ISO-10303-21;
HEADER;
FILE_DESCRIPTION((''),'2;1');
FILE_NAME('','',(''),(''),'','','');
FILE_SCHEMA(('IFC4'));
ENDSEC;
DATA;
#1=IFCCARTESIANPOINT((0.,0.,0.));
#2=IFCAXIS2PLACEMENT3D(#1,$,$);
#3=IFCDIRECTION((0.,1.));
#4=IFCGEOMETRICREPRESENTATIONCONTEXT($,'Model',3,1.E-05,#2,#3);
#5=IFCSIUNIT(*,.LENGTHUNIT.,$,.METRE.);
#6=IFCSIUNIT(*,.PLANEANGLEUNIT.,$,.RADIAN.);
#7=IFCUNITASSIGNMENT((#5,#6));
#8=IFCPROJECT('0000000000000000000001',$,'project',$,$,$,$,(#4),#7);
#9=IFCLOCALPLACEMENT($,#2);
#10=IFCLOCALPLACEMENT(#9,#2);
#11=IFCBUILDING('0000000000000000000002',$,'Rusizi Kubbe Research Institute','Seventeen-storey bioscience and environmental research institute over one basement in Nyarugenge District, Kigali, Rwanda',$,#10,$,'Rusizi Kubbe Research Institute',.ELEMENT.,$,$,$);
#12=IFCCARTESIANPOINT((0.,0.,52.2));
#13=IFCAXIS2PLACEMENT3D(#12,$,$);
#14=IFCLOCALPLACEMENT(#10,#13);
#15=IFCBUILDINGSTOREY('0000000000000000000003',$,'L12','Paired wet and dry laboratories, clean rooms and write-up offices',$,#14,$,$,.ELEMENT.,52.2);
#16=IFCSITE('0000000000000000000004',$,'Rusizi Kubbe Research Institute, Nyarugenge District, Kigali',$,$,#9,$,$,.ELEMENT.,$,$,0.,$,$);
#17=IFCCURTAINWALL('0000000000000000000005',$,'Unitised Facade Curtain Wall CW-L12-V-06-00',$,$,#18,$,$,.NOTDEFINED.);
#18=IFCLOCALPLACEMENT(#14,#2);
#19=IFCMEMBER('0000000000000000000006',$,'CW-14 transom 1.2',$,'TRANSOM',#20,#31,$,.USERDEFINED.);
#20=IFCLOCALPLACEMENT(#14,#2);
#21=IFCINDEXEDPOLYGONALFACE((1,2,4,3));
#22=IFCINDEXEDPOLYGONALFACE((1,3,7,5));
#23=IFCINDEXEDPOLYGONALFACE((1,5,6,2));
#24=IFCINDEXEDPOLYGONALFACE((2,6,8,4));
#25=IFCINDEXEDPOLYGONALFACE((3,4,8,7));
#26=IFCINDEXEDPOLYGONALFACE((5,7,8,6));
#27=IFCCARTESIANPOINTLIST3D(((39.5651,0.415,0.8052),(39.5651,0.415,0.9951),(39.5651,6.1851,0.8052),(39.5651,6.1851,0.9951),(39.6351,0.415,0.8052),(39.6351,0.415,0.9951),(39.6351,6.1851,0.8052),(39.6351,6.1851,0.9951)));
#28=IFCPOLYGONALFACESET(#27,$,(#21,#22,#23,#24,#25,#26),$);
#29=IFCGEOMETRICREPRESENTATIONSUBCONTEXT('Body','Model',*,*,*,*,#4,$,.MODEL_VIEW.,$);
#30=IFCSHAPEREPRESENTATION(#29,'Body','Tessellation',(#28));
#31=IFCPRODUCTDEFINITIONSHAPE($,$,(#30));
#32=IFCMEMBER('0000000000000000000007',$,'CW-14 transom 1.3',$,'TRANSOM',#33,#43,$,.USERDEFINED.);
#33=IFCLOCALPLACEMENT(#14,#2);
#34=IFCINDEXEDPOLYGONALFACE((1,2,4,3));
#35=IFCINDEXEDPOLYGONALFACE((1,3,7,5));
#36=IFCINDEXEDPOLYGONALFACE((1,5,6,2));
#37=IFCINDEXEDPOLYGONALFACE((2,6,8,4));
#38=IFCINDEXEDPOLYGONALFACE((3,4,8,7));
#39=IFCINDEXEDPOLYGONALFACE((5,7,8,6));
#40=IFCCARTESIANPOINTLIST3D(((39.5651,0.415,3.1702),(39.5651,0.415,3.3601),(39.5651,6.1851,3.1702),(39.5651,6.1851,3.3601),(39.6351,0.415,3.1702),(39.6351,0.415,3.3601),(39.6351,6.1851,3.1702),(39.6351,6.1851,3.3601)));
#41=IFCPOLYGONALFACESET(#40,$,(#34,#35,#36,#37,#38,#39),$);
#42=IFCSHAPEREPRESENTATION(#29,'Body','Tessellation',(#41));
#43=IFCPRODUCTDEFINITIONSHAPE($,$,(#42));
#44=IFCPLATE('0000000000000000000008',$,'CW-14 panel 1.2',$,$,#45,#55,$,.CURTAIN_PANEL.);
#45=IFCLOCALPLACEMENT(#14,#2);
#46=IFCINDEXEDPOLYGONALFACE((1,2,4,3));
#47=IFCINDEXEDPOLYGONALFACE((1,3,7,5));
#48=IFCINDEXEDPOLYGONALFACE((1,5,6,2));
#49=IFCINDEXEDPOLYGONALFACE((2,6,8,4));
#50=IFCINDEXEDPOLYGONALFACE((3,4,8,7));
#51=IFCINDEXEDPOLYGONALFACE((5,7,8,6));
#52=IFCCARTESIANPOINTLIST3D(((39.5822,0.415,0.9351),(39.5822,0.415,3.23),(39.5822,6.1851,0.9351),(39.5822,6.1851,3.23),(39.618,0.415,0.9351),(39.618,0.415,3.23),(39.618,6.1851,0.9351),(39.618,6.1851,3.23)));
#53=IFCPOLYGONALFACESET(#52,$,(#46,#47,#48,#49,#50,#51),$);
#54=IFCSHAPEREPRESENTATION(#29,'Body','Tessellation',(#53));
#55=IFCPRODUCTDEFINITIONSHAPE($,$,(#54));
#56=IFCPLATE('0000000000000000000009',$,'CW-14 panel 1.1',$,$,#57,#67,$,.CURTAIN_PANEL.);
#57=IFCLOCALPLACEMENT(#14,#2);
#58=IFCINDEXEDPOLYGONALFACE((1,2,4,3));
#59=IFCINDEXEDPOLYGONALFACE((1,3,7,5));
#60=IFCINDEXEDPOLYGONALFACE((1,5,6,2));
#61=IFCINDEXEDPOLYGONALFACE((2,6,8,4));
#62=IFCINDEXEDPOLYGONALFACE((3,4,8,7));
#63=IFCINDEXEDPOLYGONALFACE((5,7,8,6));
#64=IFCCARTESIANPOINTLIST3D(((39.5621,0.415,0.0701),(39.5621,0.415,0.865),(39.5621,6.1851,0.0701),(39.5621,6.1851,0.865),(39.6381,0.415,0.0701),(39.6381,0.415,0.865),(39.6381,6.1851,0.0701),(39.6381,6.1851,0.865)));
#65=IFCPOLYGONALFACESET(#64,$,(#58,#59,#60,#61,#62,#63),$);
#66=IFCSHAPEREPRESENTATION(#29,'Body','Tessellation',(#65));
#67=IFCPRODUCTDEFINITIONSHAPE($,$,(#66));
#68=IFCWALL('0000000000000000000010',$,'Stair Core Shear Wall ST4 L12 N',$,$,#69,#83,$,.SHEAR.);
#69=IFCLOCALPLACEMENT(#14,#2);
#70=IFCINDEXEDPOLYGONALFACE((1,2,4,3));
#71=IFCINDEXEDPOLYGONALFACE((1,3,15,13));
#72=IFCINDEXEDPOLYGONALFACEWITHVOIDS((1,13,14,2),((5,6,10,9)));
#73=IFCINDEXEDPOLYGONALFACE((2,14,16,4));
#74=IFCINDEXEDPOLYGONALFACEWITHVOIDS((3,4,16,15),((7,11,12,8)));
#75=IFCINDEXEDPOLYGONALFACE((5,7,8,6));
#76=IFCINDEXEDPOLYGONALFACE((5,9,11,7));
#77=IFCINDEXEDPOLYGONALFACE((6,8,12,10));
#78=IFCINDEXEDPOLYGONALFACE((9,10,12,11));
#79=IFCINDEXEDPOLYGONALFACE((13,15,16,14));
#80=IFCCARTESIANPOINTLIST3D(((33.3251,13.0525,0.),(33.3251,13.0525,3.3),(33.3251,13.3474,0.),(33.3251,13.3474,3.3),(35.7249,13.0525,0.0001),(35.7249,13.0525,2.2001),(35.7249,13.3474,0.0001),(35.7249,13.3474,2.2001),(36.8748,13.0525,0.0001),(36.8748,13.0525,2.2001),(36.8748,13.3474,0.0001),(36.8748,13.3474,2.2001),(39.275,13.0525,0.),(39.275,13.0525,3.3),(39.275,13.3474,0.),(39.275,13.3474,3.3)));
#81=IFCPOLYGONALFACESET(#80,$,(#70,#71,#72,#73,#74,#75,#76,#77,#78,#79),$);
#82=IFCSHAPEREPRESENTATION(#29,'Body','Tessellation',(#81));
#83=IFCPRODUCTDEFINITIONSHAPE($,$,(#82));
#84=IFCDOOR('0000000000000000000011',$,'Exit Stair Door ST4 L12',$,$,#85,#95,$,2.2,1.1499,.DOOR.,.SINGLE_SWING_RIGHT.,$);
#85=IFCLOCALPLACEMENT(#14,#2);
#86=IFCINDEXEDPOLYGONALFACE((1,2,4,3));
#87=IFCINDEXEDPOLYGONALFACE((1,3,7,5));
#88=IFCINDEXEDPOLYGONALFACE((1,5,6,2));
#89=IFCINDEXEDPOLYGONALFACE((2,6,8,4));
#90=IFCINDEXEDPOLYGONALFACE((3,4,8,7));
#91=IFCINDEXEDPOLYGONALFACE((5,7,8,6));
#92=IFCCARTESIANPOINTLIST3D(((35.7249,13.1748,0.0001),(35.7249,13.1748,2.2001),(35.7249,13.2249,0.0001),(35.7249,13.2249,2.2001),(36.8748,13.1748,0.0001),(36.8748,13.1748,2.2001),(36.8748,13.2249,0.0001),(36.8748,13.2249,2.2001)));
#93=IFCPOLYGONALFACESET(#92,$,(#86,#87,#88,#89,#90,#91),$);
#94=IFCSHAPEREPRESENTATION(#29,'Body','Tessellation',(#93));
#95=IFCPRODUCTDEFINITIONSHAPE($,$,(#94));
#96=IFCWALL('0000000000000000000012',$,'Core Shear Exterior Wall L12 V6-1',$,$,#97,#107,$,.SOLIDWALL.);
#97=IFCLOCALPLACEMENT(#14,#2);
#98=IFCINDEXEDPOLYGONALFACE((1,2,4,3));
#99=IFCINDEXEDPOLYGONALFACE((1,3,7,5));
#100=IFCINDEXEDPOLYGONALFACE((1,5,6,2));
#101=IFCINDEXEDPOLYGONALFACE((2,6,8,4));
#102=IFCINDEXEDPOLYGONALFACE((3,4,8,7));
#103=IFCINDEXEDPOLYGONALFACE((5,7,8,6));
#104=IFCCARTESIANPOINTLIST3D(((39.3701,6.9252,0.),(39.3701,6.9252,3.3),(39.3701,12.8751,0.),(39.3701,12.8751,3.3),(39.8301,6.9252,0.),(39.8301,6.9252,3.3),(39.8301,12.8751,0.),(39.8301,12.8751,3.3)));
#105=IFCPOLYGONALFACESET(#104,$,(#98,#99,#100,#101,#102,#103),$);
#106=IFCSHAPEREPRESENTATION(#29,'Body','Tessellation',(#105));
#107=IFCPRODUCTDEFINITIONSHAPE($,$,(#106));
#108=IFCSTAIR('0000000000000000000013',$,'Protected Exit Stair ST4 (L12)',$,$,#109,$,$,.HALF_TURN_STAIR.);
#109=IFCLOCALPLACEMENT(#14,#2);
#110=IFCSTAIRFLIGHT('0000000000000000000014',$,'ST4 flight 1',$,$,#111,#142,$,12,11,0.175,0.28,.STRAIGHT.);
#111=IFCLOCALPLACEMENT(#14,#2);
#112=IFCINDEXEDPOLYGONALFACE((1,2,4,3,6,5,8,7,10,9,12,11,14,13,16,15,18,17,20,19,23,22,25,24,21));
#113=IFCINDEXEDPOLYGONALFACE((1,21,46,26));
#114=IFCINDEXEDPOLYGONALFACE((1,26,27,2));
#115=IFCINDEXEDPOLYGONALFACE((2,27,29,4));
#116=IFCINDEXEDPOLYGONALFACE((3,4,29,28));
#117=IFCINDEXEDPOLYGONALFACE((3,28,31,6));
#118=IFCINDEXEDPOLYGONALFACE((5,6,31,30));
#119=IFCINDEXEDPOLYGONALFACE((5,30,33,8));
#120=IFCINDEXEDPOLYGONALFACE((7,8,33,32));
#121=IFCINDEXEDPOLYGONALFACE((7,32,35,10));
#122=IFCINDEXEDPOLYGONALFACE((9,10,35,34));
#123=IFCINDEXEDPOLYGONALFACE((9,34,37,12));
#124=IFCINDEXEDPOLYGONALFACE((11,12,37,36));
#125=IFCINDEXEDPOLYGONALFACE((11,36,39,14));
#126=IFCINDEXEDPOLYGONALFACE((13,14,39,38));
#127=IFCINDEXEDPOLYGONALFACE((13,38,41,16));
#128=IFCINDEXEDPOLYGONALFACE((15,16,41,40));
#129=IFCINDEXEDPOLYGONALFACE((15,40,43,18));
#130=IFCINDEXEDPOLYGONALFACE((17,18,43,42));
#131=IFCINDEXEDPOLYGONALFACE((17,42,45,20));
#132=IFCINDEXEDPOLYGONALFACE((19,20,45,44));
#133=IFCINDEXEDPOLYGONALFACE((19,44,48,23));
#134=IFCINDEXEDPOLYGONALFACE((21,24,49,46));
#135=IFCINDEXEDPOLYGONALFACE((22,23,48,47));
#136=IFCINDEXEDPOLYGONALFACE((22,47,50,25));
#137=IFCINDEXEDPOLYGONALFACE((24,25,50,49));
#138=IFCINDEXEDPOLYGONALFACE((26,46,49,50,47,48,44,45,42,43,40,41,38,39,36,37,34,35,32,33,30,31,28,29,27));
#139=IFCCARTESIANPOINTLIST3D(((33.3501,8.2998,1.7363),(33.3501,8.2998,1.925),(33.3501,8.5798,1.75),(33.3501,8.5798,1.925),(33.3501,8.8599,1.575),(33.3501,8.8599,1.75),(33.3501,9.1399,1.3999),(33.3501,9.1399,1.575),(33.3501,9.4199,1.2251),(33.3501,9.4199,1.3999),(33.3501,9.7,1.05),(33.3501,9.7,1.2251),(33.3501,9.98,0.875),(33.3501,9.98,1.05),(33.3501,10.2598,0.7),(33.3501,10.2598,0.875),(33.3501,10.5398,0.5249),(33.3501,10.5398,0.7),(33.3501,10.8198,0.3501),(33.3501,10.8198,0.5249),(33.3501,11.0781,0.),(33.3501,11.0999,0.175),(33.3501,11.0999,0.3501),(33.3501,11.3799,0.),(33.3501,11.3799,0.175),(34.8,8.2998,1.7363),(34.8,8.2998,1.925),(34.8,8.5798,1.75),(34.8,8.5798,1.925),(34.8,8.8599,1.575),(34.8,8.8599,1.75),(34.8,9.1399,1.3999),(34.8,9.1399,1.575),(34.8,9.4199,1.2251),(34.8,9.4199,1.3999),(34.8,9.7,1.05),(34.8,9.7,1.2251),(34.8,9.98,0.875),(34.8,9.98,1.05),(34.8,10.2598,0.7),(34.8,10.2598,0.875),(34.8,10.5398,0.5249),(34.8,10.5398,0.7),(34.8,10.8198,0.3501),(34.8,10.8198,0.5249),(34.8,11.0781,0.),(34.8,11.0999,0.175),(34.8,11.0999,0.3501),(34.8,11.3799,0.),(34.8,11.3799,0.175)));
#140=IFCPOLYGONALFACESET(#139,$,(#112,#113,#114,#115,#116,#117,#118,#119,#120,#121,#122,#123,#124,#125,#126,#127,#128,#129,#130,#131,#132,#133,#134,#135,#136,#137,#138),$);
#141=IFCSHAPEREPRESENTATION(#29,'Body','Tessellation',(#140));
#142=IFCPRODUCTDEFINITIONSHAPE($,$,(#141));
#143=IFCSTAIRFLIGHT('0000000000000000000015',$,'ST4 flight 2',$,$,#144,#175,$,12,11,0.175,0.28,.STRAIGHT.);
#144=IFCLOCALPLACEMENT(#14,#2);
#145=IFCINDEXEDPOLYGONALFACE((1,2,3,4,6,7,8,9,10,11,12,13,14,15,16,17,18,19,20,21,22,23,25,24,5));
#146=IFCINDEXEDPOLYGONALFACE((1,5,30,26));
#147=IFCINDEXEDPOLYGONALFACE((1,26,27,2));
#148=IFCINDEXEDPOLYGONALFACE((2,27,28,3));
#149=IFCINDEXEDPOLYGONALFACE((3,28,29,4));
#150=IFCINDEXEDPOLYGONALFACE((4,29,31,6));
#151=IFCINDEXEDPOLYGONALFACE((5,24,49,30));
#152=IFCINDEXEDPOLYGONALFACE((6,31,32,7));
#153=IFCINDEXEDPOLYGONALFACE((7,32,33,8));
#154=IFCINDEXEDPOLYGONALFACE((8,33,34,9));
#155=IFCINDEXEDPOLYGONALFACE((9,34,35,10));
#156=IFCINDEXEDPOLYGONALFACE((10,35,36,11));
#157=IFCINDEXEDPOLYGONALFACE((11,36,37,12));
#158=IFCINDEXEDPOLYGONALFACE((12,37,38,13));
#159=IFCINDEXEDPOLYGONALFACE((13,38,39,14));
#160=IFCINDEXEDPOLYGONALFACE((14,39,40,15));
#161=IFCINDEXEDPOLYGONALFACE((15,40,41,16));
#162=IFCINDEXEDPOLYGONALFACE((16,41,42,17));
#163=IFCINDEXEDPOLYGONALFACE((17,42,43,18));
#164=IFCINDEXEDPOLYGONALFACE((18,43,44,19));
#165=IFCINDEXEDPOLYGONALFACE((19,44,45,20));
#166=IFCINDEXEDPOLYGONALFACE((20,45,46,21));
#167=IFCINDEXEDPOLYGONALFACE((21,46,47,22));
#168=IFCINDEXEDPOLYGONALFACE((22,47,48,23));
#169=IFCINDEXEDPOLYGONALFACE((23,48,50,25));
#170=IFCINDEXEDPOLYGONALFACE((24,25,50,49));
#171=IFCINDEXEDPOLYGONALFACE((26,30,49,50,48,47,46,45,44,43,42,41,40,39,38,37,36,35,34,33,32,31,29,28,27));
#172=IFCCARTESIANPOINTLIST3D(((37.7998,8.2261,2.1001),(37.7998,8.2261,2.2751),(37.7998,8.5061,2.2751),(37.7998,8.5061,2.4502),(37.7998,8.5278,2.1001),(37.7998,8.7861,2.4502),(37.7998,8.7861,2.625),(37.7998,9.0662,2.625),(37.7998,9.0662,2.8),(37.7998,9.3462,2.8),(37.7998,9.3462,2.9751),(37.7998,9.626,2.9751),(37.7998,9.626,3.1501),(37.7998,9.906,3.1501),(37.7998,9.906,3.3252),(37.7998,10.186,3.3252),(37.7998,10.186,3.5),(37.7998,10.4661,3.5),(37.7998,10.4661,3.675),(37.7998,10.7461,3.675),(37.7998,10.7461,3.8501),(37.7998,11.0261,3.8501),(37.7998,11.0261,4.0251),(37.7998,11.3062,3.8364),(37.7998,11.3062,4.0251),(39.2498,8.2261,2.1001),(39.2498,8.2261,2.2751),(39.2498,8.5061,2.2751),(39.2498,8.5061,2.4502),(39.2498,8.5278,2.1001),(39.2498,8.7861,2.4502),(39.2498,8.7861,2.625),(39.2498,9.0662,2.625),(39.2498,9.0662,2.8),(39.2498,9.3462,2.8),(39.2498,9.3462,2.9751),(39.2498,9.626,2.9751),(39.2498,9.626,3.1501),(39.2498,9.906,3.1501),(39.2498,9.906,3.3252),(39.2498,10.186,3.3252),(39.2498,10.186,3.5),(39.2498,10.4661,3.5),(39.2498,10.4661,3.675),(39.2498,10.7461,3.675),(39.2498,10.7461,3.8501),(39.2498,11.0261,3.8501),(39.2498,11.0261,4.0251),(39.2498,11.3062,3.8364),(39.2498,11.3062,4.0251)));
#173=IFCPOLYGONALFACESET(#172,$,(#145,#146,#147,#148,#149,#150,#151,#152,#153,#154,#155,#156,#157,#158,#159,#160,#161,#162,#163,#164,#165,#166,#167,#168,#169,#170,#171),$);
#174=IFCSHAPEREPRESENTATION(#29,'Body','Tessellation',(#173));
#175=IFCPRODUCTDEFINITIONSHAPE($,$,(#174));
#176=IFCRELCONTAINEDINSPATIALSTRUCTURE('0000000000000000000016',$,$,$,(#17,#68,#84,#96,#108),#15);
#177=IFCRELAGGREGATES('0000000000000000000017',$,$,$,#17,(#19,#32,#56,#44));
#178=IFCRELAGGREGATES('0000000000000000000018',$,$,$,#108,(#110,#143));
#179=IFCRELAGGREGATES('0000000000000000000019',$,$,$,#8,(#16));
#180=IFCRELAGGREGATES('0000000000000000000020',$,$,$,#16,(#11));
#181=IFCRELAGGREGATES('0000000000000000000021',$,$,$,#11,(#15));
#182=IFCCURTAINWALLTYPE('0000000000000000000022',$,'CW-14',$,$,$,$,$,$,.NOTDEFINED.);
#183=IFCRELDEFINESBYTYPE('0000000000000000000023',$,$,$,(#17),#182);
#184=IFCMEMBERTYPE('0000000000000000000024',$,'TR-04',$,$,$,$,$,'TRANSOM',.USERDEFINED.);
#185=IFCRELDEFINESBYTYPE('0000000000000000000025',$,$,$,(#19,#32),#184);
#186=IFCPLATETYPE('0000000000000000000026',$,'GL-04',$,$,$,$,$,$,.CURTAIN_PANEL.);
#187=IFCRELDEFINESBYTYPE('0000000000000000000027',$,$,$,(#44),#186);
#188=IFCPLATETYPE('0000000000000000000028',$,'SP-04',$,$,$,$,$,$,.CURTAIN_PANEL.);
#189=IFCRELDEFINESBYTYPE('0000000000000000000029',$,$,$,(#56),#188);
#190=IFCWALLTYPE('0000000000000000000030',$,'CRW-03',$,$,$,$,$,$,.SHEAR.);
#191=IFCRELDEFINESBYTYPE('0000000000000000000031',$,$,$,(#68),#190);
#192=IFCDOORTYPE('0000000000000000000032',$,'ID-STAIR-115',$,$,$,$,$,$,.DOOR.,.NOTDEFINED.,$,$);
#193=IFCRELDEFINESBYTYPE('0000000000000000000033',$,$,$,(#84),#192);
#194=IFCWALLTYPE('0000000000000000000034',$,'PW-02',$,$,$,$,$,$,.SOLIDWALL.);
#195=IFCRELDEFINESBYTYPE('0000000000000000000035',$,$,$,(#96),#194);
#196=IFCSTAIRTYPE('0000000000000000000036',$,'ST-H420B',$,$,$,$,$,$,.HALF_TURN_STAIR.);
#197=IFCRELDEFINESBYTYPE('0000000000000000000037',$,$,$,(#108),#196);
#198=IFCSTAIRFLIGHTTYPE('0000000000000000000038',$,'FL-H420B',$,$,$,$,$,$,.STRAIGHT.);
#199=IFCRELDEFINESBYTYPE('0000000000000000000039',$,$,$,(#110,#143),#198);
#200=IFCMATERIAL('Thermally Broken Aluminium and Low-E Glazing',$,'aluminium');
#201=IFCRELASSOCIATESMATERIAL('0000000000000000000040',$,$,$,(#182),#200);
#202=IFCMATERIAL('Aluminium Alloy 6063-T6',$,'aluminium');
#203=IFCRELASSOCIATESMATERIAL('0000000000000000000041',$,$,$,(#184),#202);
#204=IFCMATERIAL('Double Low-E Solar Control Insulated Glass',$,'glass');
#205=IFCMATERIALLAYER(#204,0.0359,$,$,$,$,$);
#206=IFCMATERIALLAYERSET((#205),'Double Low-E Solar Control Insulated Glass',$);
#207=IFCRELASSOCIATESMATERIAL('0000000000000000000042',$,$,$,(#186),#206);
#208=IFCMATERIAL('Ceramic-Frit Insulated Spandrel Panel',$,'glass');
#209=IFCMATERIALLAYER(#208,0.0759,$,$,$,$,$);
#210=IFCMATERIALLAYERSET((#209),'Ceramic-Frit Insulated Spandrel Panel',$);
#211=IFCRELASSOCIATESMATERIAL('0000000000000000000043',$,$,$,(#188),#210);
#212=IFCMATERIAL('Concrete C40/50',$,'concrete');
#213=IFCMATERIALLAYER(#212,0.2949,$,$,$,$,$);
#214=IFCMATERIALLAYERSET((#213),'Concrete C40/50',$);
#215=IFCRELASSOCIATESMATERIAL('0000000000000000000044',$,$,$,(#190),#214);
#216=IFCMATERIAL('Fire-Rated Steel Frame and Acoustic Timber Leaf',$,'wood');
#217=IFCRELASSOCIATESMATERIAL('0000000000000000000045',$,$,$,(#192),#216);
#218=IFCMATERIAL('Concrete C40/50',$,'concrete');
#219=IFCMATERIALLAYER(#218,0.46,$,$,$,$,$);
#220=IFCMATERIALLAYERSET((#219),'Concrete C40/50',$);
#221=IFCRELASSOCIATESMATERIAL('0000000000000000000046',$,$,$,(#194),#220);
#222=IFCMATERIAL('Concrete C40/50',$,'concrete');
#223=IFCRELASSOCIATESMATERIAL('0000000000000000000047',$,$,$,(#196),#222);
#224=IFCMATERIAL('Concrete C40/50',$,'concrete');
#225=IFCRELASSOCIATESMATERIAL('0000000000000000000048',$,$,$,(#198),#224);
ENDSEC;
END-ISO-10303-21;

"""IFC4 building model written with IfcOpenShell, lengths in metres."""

from ifc_helpers import new_model, si_unit, direction, frame, frame_2d, origin, origin_2d, place, context, subcontext, project, spatial, polyline, rectangle, outline, extrude, material, layer, layer_set, material_profile, profile_set, type_object, element, fill, aggregate, save


model = new_model("IFC4")

# Units and contexts
model_context = context("Model", 3, precision=1e-05, world=origin(), true_north=direction((0.0, 1.0)))
body_context = subcontext(model_context, "Body", "Model", "MODEL_VIEW")
ifc_project = project(units=[si_unit("LENGTHUNIT", "METRE"), si_unit("PLANEANGLEUNIT", "RADIAN")], contexts=[model_context])

# Site, building, storey
site_placement = place(None, origin())
site = spatial("IfcSite", under=ifc_project, at=site_placement, Name="Rusizi Kubbe Research Institute, Nyarugenge District, Kigali", CompositionType="ELEMENT", RefElevation=0.0)
building_placement = place(site_placement, origin())
building = spatial("IfcBuilding", under=site, at=building_placement, Name="Rusizi Kubbe Research Institute", Description="Seventeen-storey bioscience and environmental research institute over one basement in Nyarugenge District, Kigali, Rwanda", LongName="Rusizi Kubbe Research Institute", CompositionType="ELEMENT")
storey_placement = place(building_placement, frame((0.0, 0.0, 52.2)))
storey = spatial("IfcBuildingStorey", under=building, at=storey_placement, Name="L12", Description="Paired wet and dry laboratories, clean rooms and write-up offices", CompositionType="ELEMENT", Elevation=52.2)

# Curtain wall
ifc_material_1 = material(Name="Thermally Broken Aluminium and Low-E Glazing", Category="aluminium")
curtain_wall_type_1 = type_object("IfcCurtainWallType", Name="CW-14", PredefinedType="NOTDEFINED", material=ifc_material_1)
curtain_wall_1_placement = place(storey_placement, origin())
curtain_wall_1 = element("IfcCurtainWall", 1, at=curtain_wall_1_placement, inside=storey, type_object=curtain_wall_type_1, Name="Unitised Facade Curtain Wall CW-L12-V-06-00", PredefinedType="NOTDEFINED")

# Members
ifc_material_2 = material(Name="Aluminium Alloy 6063-T6", Category="aluminium")
ifc_material_profile_1 = material_profile(ifc_material_2, rectangle(XDim=0.0701, YDim=0.1899, at=origin_2d()), Name="ALU-T 70x190")
ifc_profile_set_1 = profile_set([ifc_material_profile_1], Name="Aluminium Alloy 6063-T6")
member_type_1 = type_object("IfcMemberType", Name="TR-04", ElementType="TRANSOM", PredefinedType="USERDEFINED", material=ifc_profile_set_1)
member_1_placement = place(storey_placement, frame((39.6001, 0.415, 0.9001), z_axis=(0.0, 1.0, 0.0), x_axis=(-1.0, 0.0, 0.0)))
member_1 = element("IfcMember", 2, at=member_1_placement, type_object=member_type_1, Name="CW-14 transom 1.2", ObjectType="TRANSOM", PredefinedType="USERDEFINED", context=body_context, shape_type="SweptSolid", body=[
    extrude(rectangle(XDim=0.0701, YDim=0.1899, at=origin_2d()), origin(), (0.0, 0.0, 1.0), 5.77),
])
member_2_placement = place(storey_placement, frame((39.6001, 0.415, 3.2651), z_axis=(0.0, 1.0, 0.0), x_axis=(-1.0, 0.0, 0.0)))
member_2 = element("IfcMember", 3, at=member_2_placement, type_object=member_type_1, Name="CW-14 transom 1.3", ObjectType="TRANSOM", PredefinedType="USERDEFINED", context=body_context, shape_type="SweptSolid", body=[
    extrude(rectangle(XDim=0.0701, YDim=0.1899, at=origin_2d()), origin(), (0.0, 0.0, 1.0), 5.77),
])

# Plates
ifc_material_3 = material(Name="Double Low-E Solar Control Insulated Glass", Category="glass")
ifc_layer_1 = layer(ifc_material_3, 0.0359)
ifc_layer_set_1 = layer_set([ifc_layer_1], Name="Double Low-E Solar Control Insulated Glass")
plate_type_1 = type_object("IfcPlateType", Name="GL-04", PredefinedType="CURTAIN_PANEL", material=ifc_layer_set_1)
plate_1_placement = place(storey_placement, frame((39.6001, 3.3, 0.9351), z_axis=(0.0, 0.0, 1.0), x_axis=(0.0, 1.0, 0.0)))
plate_1 = element("IfcPlate", 4, at=plate_1_placement, type_object=plate_type_1, Name="CW-14 panel 1.2", PredefinedType="CURTAIN_PANEL", context=body_context, shape_type="SweptSolid", body=[
    extrude(rectangle(XDim=5.77, YDim=0.0359, at=origin_2d()), origin(), (0.0, 0.0, 1.0), 2.2949),
])
ifc_material_4 = material(Name="Ceramic-Frit Insulated Spandrel Panel", Category="glass")
ifc_layer_2 = layer(ifc_material_4, 0.0759)
ifc_layer_set_2 = layer_set([ifc_layer_2], Name="Ceramic-Frit Insulated Spandrel Panel")
plate_type_2 = type_object("IfcPlateType", Name="SP-04", PredefinedType="CURTAIN_PANEL", material=ifc_layer_set_2)
plate_2_placement = place(storey_placement, frame((39.6001, 3.3, 0.0701), z_axis=(0.0, 0.0, 1.0), x_axis=(0.0, 1.0, 0.0)))
plate_2 = element("IfcPlate", 5, at=plate_2_placement, type_object=plate_type_2, Name="CW-14 panel 1.1", PredefinedType="CURTAIN_PANEL", context=body_context, shape_type="SweptSolid", body=[
    extrude(rectangle(XDim=5.77, YDim=0.0759, at=origin_2d()), origin(), (0.0, 0.0, 1.0), 0.7949),
])
aggregate(curtain_wall_1, [member_1, member_2, plate_2, plate_1])

# Wall, opening, door
ifc_material_5 = material(Name="Concrete C40/50", Category="concrete")
ifc_layer_3 = layer(ifc_material_5, 0.2949)
ifc_layer_set_3 = layer_set([ifc_layer_3], Name="Concrete C40/50")
wall_type_1 = type_object("IfcWallType", Name="CRW-03", PredefinedType="SHEAR", material=ifc_layer_set_3)
wall_1_placement = place(storey_placement, frame((33.325, 13.2, 0.0), z_axis=(0.0, 0.0, 1.0), x_axis=(1.0, 0.0, 0.0)))
wall_1 = element("IfcWall", 6, at=wall_1_placement, inside=storey, type_object=wall_type_1, Name="Stair Core Shear Wall ST4 L12 N", PredefinedType="SHEAR", context=body_context, shape_type="SweptSolid", body=[
    extrude(rectangle(XDim=5.95, YDim=0.2949, at=frame_2d((2.9751, 0.0))), origin(), (0.0, 0.0, 1.0), 3.3),
])
opening_placement = place(wall_1_placement, frame((2.3999, 0.0, 0.0)))
opening = element("IfcOpeningElement", 7, at=opening_placement, cuts=wall_1, PredefinedType="OPENING", context=body_context, shape_type="SweptSolid", body=[
    extrude(rectangle(XDim=1.1499, YDim=2.2, at=frame_2d((0.575, 1.1001))), frame((0.0, 0.1575, 0.0), z_axis=(0.0, -1.0, 0.0), x_axis=(1.0, 0.0, 0.0)), (0.0, 0.0, 1.0), 0.3149),
])
ifc_material_6 = material(Name="Fire-Rated Steel Frame and Acoustic Timber Leaf", Category="wood")
door_type = type_object("IfcDoorType", Name="ID-STAIR-115", OperationType="NOTDEFINED", PredefinedType="DOOR", material=ifc_material_6)
door_placement = place(opening_placement, origin())
door = element("IfcDoor", 8, at=door_placement, inside=storey, type_object=door_type, Name="Exit Stair Door ST4 L12", OperationType="SINGLE_SWING_RIGHT", OverallHeight=2.2, OverallWidth=1.1499, PredefinedType="DOOR", context=body_context, shape_type="SweptSolid", body=[
    extrude(rectangle(XDim=1.1499, YDim=2.2, at=frame_2d((0.575, 1.1001))), frame((0.0, 0.0249, 0.0), z_axis=(0.0, -1.0, 0.0), x_axis=(1.0, 0.0, 0.0)), (0.0, 0.0, 1.0), 0.05),
])
fill(opening, door)

# Wall
ifc_material_7 = material(Name="Concrete C40/50", Category="concrete")
ifc_layer_4 = layer(ifc_material_7, 0.46)
ifc_layer_set_4 = layer_set([ifc_layer_4], Name="Concrete C40/50")
wall_type_2 = type_object("IfcWallType", Name="PW-02", PredefinedType="SOLIDWALL", material=ifc_layer_set_4)
wall_2_placement = place(storey_placement, frame((39.6001, 6.925, 0.0), z_axis=(0.0, 0.0, 1.0), x_axis=(0.0, 1.0, 0.0)))
element("IfcWall", 9, at=wall_2_placement, inside=storey, type_object=wall_type_2, Name="Core Shear Exterior Wall L12 V6-1", PredefinedType="SOLIDWALL", context=body_context, shape_type="SweptSolid", body=[
    extrude(rectangle(XDim=5.95, YDim=0.46, at=frame_2d((2.9751, 0.0))), origin(), (0.0, 0.0, 1.0), 3.3),
])

# Stair, stair flights
ifc_material_8 = material(Name="Concrete C40/50", Category="concrete")
stair_type = type_object("IfcStairType", Name="ST-H420B", PredefinedType="HALF_TURN_STAIR", material=ifc_material_8)
stair_placement = place(storey_placement, origin())
stair = element("IfcStair", 10, at=stair_placement, inside=storey, type_object=stair_type, Name="Protected Exit Stair ST4 (L12)", PredefinedType="HALF_TURN_STAIR")
ifc_material_9 = material(Name="Concrete C40/50", Category="concrete")
stair_flight_type = type_object("IfcStairFlightType", Name="FL-H420B", PredefinedType="STRAIGHT", material=ifc_material_9)
stair_flight_1_placement = place(storey_placement, frame((34.075, 11.3799, 0.0), z_axis=(0.0, 0.0, 1.0), x_axis=(0.0, -1.0, 0.0)))
stair_flight_1 = element("IfcStairFlight", 11, at=stair_flight_1_placement, type_object=stair_flight_type, Name="ST4 flight 1", NumberOfRisers=12, NumberOfTreads=11, PredefinedType="STRAIGHT", RiserHeight=0.175, TreadLength=0.28, context=body_context, shape_type="SweptSolid", body=[
    extrude(outline(polyline([(0.0, 0.0), (0.0, 0.175), (0.28, 0.175), (0.28, 0.3501), (0.5601, 0.3501), (0.5601, 0.5249), (0.8401, 0.5249), (0.8401, 0.7), (1.1201, 0.7), (1.1201, 0.875), (1.3999, 0.875), (1.3999, 1.05), (1.6799, 1.05), (1.6799, 1.2251), (1.96, 1.2251), (1.96, 1.3999), (2.24, 1.3999), (2.24, 1.575), (2.52, 1.575), (2.52, 1.75), (2.8, 1.75), (2.8, 1.925), (3.0801, 1.925), (3.0801, 2.1001), (3.0801, 1.7363), (0.3018, 0.0), (0.0, 0.0)])), frame((0.0, 0.7251, 0.0), z_axis=(0.0, -1.0, 0.0), x_axis=(1.0, 0.0, 0.0)), (0.0, 0.0, 1.0), 1.45),
])
stair_flight_2_placement = place(storey_placement, frame((38.5249, 8.2261, 2.1001), z_axis=(0.0, 0.0, 1.0), x_axis=(0.0, 1.0, 0.0)))
stair_flight_2 = element("IfcStairFlight", 12, at=stair_flight_2_placement, type_object=stair_flight_type, Name="ST4 flight 2", NumberOfRisers=12, NumberOfTreads=11, PredefinedType="STRAIGHT", RiserHeight=0.175, TreadLength=0.28, context=body_context, shape_type="SweptSolid", body=[
    extrude(outline(polyline([(0.0, 0.0), (0.0, 0.175), (0.28, 0.175), (0.28, 0.3501), (0.5601, 0.3501), (0.5601, 0.5249), (0.8401, 0.5249), (0.8401, 0.7), (1.1201, 0.7), (1.1201, 0.875), (1.3999, 0.875), (1.3999, 1.05), (1.6799, 1.05), (1.6799, 1.2251), (1.96, 1.2251), (1.96, 1.3999), (2.24, 1.3999), (2.24, 1.575), (2.52, 1.575), (2.52, 1.75), (2.8, 1.75), (2.8, 1.925), (3.0801, 1.925), (3.0801, 2.1001), (3.0801, 1.7363), (0.3018, 0.0), (0.0, 0.0)])), frame((0.0, 0.7251, 0.0), z_axis=(0.0, -1.0, 0.0), x_axis=(1.0, 0.0, 0.0)), (0.0, 0.0, 1.0), 1.45),
])
aggregate(stair, [stair_flight_1, stair_flight_2])

save(model, "model.ifc")
